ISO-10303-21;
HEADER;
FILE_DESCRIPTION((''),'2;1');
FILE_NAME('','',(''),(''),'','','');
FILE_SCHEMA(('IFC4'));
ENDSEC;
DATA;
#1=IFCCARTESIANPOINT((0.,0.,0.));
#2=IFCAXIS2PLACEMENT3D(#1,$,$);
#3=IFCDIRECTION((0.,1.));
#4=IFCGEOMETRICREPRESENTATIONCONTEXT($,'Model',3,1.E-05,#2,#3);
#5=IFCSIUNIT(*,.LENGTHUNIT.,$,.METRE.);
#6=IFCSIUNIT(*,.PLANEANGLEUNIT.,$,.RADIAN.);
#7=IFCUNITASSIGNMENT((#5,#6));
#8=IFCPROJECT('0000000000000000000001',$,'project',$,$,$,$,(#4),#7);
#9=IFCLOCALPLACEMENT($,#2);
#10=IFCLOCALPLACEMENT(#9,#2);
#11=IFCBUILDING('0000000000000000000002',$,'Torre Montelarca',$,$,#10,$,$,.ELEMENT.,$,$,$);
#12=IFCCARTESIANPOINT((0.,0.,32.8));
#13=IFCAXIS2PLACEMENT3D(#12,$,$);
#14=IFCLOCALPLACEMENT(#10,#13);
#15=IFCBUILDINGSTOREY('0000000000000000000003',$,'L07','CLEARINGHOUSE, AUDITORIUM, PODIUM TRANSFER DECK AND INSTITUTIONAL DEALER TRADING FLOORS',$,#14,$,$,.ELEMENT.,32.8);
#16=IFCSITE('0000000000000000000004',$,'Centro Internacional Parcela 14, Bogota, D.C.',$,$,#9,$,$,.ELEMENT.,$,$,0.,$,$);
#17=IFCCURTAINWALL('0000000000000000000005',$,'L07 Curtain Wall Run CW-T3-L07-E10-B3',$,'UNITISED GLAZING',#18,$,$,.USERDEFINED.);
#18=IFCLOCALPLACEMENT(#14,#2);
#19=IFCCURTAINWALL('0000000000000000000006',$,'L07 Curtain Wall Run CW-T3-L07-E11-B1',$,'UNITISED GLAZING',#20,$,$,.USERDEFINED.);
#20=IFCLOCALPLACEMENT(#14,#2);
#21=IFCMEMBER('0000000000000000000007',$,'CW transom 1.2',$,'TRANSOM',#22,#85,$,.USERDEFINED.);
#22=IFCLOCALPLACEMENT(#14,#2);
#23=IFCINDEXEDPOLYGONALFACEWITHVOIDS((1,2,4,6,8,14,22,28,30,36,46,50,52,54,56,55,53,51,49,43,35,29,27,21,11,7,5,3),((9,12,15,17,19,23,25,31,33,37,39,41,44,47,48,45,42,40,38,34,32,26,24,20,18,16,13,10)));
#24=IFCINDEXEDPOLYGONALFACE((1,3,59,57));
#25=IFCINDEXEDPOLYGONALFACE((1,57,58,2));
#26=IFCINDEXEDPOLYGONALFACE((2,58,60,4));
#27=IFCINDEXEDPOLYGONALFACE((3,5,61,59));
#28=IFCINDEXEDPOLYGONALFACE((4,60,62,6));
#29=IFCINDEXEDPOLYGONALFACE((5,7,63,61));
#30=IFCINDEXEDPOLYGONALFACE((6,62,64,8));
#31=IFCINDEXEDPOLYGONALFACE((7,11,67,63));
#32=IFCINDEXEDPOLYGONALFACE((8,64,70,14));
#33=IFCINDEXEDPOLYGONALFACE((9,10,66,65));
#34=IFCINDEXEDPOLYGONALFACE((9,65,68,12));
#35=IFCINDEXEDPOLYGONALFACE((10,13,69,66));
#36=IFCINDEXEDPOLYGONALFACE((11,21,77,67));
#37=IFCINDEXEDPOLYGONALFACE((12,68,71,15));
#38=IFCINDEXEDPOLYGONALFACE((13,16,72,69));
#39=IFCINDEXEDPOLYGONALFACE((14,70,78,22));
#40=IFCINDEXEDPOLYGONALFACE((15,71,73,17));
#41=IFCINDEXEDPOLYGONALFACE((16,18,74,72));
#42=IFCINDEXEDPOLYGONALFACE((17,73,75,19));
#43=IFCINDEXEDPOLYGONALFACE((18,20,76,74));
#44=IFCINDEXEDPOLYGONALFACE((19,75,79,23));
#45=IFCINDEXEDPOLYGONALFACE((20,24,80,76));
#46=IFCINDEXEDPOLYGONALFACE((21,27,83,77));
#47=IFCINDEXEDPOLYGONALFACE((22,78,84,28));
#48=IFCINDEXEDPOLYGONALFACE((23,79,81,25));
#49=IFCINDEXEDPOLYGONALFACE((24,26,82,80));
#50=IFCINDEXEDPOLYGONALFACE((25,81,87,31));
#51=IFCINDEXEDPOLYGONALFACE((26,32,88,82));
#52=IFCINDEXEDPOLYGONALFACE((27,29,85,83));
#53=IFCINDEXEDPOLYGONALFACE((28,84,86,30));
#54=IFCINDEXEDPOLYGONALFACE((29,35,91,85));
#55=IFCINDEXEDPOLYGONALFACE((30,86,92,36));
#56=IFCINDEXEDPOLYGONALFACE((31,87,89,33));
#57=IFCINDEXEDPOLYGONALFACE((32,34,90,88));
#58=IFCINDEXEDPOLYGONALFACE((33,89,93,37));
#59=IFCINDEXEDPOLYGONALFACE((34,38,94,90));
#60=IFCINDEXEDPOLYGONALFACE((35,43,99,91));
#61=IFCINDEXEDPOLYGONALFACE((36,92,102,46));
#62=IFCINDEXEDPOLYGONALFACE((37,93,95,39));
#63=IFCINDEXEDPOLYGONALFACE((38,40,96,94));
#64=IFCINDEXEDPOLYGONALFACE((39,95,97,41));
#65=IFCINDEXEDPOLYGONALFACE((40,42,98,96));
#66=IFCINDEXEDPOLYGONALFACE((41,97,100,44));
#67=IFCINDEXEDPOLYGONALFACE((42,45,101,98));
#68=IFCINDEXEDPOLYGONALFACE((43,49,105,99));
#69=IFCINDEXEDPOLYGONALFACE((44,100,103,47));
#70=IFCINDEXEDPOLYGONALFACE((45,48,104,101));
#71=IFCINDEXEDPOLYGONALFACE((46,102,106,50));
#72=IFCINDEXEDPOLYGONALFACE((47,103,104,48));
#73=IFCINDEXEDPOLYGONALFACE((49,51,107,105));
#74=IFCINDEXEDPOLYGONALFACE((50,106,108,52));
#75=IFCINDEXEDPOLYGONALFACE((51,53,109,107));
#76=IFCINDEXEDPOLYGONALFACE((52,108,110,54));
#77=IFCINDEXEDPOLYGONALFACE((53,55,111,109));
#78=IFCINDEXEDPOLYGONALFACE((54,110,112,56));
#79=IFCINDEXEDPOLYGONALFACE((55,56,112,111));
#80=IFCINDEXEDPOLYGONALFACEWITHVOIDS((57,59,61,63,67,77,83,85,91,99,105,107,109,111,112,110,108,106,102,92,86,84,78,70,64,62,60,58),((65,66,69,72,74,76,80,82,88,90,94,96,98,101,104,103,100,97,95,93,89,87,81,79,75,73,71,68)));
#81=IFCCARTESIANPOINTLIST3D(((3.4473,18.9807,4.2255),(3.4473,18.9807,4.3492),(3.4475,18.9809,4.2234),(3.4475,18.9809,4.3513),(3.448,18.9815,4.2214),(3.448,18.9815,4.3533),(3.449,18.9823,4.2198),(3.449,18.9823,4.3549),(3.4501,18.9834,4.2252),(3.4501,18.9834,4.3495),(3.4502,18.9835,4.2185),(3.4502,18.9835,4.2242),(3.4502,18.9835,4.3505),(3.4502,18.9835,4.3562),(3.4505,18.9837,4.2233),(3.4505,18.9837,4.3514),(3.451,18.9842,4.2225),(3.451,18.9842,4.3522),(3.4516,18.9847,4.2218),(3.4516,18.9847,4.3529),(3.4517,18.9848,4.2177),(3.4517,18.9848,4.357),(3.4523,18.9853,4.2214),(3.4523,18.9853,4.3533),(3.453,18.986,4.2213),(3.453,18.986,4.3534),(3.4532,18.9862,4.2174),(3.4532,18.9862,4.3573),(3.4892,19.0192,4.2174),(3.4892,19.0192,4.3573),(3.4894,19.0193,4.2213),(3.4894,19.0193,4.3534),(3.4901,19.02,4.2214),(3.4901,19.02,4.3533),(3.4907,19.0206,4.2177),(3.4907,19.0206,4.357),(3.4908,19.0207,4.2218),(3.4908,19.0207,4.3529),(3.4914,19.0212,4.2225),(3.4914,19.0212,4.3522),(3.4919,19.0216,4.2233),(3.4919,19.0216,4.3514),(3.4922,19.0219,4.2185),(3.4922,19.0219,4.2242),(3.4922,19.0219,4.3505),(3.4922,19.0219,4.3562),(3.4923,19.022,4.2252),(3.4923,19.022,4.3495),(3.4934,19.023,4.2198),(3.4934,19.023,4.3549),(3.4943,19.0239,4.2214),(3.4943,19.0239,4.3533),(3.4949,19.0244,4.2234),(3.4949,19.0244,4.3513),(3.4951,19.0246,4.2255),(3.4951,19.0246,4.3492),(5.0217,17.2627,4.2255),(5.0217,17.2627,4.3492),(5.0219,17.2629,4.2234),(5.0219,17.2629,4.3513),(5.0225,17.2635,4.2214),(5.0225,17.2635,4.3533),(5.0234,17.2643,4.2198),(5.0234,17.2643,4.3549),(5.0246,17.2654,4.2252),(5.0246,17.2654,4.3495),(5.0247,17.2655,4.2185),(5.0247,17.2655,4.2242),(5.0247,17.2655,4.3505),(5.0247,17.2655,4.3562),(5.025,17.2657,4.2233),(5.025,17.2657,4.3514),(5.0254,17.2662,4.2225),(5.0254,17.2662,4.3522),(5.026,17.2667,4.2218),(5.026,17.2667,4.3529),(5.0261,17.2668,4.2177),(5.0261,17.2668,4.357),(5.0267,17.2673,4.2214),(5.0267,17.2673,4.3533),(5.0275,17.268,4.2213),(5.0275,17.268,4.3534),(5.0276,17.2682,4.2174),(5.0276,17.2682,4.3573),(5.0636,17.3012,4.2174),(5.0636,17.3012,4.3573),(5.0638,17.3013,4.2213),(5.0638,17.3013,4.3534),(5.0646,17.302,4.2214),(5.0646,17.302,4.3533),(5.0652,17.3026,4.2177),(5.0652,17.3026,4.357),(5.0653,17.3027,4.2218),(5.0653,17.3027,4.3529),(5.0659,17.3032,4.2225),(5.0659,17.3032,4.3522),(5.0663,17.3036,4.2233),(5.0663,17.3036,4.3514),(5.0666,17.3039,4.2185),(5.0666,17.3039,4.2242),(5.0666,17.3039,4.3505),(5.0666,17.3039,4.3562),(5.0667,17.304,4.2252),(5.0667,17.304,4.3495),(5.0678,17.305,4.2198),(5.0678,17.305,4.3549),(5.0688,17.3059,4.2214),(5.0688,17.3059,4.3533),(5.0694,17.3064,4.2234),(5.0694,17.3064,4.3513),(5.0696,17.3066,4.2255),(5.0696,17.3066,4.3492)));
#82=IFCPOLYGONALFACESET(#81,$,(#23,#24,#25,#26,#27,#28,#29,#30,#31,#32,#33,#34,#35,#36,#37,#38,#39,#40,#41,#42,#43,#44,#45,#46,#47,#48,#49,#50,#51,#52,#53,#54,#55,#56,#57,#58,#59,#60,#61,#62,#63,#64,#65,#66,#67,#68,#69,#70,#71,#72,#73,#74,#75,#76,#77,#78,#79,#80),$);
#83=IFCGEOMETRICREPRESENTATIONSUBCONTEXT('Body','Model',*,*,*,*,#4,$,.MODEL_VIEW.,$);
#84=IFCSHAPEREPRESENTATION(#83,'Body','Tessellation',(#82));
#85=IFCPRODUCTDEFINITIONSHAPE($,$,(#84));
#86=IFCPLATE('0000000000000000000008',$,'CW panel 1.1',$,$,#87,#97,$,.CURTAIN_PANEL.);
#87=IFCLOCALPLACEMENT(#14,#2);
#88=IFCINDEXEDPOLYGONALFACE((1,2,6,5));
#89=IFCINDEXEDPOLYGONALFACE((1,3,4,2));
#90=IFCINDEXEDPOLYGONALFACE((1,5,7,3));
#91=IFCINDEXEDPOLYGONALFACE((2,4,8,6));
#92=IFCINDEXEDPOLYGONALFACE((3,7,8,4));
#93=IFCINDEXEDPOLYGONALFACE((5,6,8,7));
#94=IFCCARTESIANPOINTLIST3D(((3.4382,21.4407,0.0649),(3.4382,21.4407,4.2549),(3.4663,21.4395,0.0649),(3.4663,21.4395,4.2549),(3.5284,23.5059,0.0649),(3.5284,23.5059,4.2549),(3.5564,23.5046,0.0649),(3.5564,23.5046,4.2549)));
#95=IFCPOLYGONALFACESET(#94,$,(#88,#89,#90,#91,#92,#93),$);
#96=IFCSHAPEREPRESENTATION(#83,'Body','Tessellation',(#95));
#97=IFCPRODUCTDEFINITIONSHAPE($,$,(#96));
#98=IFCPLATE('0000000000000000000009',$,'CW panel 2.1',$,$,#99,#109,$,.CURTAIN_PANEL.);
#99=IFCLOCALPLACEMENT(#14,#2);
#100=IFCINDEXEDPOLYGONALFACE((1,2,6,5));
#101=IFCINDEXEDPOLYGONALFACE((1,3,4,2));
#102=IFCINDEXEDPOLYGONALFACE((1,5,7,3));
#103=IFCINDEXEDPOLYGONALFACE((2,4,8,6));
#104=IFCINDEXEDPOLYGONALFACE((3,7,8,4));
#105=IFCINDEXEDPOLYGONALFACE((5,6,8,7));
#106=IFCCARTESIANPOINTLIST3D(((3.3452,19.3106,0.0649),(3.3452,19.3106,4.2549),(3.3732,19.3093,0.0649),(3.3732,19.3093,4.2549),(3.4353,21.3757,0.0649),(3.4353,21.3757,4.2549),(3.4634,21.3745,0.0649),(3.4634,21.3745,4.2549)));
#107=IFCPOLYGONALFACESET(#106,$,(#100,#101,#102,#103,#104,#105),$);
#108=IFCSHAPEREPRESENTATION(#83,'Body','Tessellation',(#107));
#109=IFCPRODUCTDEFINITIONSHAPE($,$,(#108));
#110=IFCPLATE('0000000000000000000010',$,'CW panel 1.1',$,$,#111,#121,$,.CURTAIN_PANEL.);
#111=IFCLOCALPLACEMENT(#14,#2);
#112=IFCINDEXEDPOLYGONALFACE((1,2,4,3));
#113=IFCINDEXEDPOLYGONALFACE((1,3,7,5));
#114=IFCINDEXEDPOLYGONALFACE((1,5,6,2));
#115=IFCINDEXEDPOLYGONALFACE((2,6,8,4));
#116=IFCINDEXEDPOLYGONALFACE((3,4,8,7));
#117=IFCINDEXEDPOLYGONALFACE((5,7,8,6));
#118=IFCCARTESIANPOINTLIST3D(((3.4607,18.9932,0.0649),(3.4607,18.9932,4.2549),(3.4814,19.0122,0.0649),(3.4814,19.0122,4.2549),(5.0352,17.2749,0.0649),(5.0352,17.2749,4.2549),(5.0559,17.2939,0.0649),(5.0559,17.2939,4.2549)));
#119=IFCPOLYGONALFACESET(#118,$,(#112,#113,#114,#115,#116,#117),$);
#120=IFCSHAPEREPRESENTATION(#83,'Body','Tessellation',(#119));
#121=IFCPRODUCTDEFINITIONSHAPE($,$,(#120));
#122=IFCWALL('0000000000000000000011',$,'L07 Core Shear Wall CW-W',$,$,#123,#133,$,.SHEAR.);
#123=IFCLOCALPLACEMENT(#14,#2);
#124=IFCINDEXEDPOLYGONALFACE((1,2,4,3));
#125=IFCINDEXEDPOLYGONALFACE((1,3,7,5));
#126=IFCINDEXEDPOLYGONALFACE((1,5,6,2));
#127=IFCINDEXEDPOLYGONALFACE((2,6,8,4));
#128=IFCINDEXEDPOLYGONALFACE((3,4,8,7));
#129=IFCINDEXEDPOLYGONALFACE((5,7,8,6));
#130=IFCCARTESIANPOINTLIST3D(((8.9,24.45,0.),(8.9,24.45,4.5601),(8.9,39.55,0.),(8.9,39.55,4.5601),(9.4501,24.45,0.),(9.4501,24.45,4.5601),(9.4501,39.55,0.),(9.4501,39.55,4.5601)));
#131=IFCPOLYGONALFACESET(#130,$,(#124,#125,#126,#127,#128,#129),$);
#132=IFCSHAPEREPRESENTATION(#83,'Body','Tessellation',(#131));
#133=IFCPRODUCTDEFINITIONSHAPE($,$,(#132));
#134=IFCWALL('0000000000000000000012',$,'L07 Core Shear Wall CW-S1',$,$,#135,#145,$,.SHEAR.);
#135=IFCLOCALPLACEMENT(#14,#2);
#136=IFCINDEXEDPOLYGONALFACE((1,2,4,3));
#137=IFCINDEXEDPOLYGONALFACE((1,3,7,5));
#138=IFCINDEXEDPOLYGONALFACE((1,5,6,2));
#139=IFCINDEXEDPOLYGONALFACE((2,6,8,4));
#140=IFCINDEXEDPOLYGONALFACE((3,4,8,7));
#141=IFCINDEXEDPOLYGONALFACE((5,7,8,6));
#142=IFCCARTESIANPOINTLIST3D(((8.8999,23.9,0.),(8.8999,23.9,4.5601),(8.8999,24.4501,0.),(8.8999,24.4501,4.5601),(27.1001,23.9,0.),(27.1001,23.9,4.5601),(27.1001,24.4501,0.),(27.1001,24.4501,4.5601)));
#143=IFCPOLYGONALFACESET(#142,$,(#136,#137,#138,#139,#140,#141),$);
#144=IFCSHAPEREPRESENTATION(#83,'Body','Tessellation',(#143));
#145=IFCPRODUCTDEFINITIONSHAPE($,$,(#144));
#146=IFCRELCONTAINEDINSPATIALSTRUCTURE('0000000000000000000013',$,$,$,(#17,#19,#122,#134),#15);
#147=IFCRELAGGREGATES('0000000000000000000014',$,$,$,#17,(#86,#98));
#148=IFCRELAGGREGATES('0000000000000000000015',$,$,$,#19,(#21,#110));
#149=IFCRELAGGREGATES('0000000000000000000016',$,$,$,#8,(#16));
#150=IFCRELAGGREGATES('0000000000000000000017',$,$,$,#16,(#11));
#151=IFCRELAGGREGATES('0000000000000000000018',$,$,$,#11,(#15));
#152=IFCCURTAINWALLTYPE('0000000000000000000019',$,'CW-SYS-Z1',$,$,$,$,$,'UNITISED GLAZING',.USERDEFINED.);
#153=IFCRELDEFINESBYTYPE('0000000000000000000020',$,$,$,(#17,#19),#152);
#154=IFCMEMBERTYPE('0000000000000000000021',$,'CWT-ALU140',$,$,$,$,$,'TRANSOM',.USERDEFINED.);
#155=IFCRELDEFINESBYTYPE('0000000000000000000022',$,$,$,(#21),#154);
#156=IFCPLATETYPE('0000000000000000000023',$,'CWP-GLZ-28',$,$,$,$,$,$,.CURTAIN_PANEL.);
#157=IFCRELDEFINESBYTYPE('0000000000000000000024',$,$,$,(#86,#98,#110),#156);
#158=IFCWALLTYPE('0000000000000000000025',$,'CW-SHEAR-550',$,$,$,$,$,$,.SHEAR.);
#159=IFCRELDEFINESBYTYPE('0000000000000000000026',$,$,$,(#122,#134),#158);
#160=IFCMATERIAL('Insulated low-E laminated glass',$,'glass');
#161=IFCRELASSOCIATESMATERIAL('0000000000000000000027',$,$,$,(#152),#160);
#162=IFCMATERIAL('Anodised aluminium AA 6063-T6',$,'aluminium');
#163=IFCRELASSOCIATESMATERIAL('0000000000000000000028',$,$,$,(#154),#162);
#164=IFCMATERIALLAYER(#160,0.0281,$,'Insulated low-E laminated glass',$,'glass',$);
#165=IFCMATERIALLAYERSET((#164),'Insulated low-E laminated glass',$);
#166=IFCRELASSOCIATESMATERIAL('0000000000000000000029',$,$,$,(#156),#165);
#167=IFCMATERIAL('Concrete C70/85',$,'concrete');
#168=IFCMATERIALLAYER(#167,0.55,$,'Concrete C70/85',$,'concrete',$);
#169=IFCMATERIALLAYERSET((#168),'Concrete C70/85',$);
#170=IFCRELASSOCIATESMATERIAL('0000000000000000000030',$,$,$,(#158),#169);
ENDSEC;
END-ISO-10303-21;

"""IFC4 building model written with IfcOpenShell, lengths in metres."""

from ifc_helpers import new_model, si_unit, direction, frame, frame_2d, origin, origin_2d, place, context, subcontext, project, spatial, rectangle, hollow_rectangle, extrude, source, transform, mapped, material, layer, layer_set, material_profile, profile_set, type_object, element, aggregate, save


model = new_model("IFC4")

# Units and contexts
model_context = context("Model", 3, precision=1e-05, world=origin(), true_north=direction((0.0, 1.0)))
body_context = subcontext(model_context, "Body", "Model", "MODEL_VIEW")
ifc_project = project(units=[si_unit("LENGTHUNIT", "METRE"), si_unit("PLANEANGLEUNIT", "RADIAN")], contexts=[model_context])

# Site, building, storey
site_placement = place(None, origin())
site = spatial("IfcSite", under=ifc_project, at=site_placement, Name="Centro Internacional Parcela 14, Bogota, D.C.", CompositionType="ELEMENT", RefElevation=0.0)
building_placement = place(site_placement, origin())
building = spatial("IfcBuilding", under=site, at=building_placement, Name="Torre Montelarca", CompositionType="ELEMENT")
storey_placement = place(building_placement, frame((0.0, 0.0, 32.8)))
storey = spatial("IfcBuildingStorey", under=building, at=storey_placement, Name="L07", Description="CLEARINGHOUSE, AUDITORIUM, PODIUM TRANSFER DECK AND INSTITUTIONAL DEALER TRADING FLOORS", CompositionType="ELEMENT", Elevation=32.8)

# Shared definitions
ifc_material_1 = material(Name="Concrete C70/85", Category="concrete")

# Shared definitions
ifc_material_2 = material(Name="Insulated low-E laminated glass", Category="glass")
curtain_wall_type = type_object("IfcCurtainWallType", Name="CW-SYS-Z1", ElementType="UNITISED GLAZING", PredefinedType="USERDEFINED", material=ifc_material_2)
ifc_material_3 = material(Name="Anodised aluminium AA 6063-T6", Category="aluminium")

# Curtain wall
curtain_wall_1_placement = place(storey_placement, origin())
curtain_wall_1 = element("IfcCurtainWall", 1, at=curtain_wall_1_placement, inside=storey, type_object=curtain_wall_type, Name="L07 Curtain Wall Run CW-T3-L07-E10-B3", ObjectType="UNITISED GLAZING", PredefinedType="USERDEFINED")

# Curtain wall
curtain_wall_2_placement = place(storey_placement, origin())
curtain_wall_2 = element("IfcCurtainWall", 2, at=curtain_wall_2_placement, inside=storey, type_object=curtain_wall_type, Name="L07 Curtain Wall Run CW-T3-L07-E11-B1", ObjectType="UNITISED GLAZING", PredefinedType="USERDEFINED")

# Member
ifc_material_profile_1 = material_profile(ifc_material_3, hollow_rectangle(XDim=0.0649, YDim=0.1399, WallThickness=0.0039, InnerFilletRadius=0.0039, OuterFilletRadius=0.0081, at=origin_2d()), Name="ALU65X140X4", Category="aluminium")
ifc_profile_set_1 = profile_set([ifc_material_profile_1], Name="Anodised aluminium AA 6063-T6")
member_type_1 = type_object("IfcMemberType", Name="CWT-ALU140", ElementType="TRANSOM", PredefinedType="USERDEFINED", material=ifc_profile_set_1)
shared_shape_1 = source(origin(), body_context, "Body", "SweptSolid", [
    extrude(hollow_rectangle(XDim=0.0649, YDim=0.1399, WallThickness=0.0039, InnerFilletRadius=0.0039, OuterFilletRadius=0.0081, at=origin_2d()), origin(), (0.0, 0.0, 1.0), 2.3303),
])
member_1_placement = place(storey_placement, frame((3.4712, 19.0027, 4.2874), z_axis=(0.675634, -0.737237, 0.0), x_axis=(0.737237, 0.675634, 0.0)))
member_1 = element("IfcMember", 3, at=member_1_placement, type_object=member_type_1, Name="CW transom 1.2", ObjectType="TRANSOM", PredefinedType="USERDEFINED", context=body_context, shape_type="MappedRepresentation", body=[
    mapped(shared_shape_1, transform((0.0, 0.0, 0.0), scale=1.0)),
])

# Plates
ifc_layer_1 = layer(ifc_material_2, 0.0281, Name="Insulated low-E laminated glass", Category="glass")
ifc_layer_set_1 = layer_set([ifc_layer_1], Name="Insulated low-E laminated glass")
plate_type = type_object("IfcPlateType", Name="CWP-GLZ-28", PredefinedType="CURTAIN_PANEL", material=ifc_layer_set_1)
shared_shape_2 = source(origin(), body_context, "Body", "SweptSolid", [
    extrude(rectangle(XDim=2.0671, YDim=0.0281, at=origin_2d()), origin(), (0.0, 0.0, 1.0), 4.1899),
])
plate_1_placement = place(storey_placement, frame((3.4973, 22.4727, 0.0649), z_axis=(0.0, 0.0, 1.0), x_axis=(-0.043611, -0.999049, 0.0)))
plate_1 = element("IfcPlate", 4, at=plate_1_placement, type_object=plate_type, Name="CW panel 1.1", PredefinedType="CURTAIN_PANEL", context=body_context, shape_type="MappedRepresentation", body=[
    mapped(shared_shape_2, transform((0.0, 0.0, 0.0), scale=1.0)),
])
plate_2_placement = place(storey_placement, frame((3.4043, 20.3425, 0.0649), z_axis=(0.0, 0.0, 1.0), x_axis=(-0.043611, -0.999049, 0.0)))
plate_2 = element("IfcPlate", 5, at=plate_2_placement, type_object=plate_type, Name="CW panel 2.1", PredefinedType="CURTAIN_PANEL", context=body_context, shape_type="MappedRepresentation", body=[
    mapped(shared_shape_2, transform((0.0, 0.0, 0.0), scale=1.0)),
])
aggregate(curtain_wall_1, [plate_1, plate_2])
shared_shape_3 = source(origin(), body_context, "Body", "SweptSolid", [
    extrude(rectangle(XDim=2.3306, YDim=0.0281, at=origin_2d()), origin(), (0.0, 0.0, 1.0), 4.1899),
])
plate_3_placement = place(storey_placement, frame((4.2583, 18.1436, 0.0649), z_axis=(0.0, 0.0, 1.0), x_axis=(0.675585, -0.737282, 0.0)))
plate_3 = element("IfcPlate", 6, at=plate_3_placement, type_object=plate_type, Name="CW panel 1.1", PredefinedType="CURTAIN_PANEL", context=body_context, shape_type="MappedRepresentation", body=[
    mapped(shared_shape_3, transform((0.0, 0.0, 0.0), scale=1.0)),
])
aggregate(curtain_wall_2, [member_1, plate_3])

# Walls
ifc_layer_2 = layer(ifc_material_1, 0.55, Name="Concrete C70/85", Category="concrete")
ifc_layer_set_2 = layer_set([ifc_layer_2], Name="Concrete C70/85")
wall_type_1 = type_object("IfcWallType", Name="CW-SHEAR-550", PredefinedType="SHEAR", material=ifc_layer_set_2)
wall_1_placement = place(storey_placement, frame((9.175, 24.45, 0.0), z_axis=(0.0, 0.0, 1.0), x_axis=(0.0, 1.0, 0.0)))
element("IfcWall", 7, at=wall_1_placement, inside=storey, type_object=wall_type_1, Name="L07 Core Shear Wall CW-W", PredefinedType="SHEAR", context=body_context, shape_type="SweptSolid", body=[
    extrude(rectangle(XDim=15.1001, YDim=0.55, at=frame_2d((7.55, 0.0))), origin(), (0.0, 0.0, 1.0), 4.5601),
])
wall_2_placement = place(storey_placement, frame((8.8999, 24.175, 0.0), z_axis=(0.0, 0.0, 1.0), x_axis=(1.0, 0.0, 0.0)))
element("IfcWall", 8, at=wall_2_placement, inside=storey, type_object=wall_type_1, Name="L07 Core Shear Wall CW-S1", PredefinedType="SHEAR", context=body_context, shape_type="SweptSolid", body=[
    extrude(rectangle(XDim=18.2002, YDim=0.55, at=frame_2d((9.1001, 0.0))), origin(), (0.0, 0.0, 1.0), 4.5601),
])

save(model, "model.ifc")
